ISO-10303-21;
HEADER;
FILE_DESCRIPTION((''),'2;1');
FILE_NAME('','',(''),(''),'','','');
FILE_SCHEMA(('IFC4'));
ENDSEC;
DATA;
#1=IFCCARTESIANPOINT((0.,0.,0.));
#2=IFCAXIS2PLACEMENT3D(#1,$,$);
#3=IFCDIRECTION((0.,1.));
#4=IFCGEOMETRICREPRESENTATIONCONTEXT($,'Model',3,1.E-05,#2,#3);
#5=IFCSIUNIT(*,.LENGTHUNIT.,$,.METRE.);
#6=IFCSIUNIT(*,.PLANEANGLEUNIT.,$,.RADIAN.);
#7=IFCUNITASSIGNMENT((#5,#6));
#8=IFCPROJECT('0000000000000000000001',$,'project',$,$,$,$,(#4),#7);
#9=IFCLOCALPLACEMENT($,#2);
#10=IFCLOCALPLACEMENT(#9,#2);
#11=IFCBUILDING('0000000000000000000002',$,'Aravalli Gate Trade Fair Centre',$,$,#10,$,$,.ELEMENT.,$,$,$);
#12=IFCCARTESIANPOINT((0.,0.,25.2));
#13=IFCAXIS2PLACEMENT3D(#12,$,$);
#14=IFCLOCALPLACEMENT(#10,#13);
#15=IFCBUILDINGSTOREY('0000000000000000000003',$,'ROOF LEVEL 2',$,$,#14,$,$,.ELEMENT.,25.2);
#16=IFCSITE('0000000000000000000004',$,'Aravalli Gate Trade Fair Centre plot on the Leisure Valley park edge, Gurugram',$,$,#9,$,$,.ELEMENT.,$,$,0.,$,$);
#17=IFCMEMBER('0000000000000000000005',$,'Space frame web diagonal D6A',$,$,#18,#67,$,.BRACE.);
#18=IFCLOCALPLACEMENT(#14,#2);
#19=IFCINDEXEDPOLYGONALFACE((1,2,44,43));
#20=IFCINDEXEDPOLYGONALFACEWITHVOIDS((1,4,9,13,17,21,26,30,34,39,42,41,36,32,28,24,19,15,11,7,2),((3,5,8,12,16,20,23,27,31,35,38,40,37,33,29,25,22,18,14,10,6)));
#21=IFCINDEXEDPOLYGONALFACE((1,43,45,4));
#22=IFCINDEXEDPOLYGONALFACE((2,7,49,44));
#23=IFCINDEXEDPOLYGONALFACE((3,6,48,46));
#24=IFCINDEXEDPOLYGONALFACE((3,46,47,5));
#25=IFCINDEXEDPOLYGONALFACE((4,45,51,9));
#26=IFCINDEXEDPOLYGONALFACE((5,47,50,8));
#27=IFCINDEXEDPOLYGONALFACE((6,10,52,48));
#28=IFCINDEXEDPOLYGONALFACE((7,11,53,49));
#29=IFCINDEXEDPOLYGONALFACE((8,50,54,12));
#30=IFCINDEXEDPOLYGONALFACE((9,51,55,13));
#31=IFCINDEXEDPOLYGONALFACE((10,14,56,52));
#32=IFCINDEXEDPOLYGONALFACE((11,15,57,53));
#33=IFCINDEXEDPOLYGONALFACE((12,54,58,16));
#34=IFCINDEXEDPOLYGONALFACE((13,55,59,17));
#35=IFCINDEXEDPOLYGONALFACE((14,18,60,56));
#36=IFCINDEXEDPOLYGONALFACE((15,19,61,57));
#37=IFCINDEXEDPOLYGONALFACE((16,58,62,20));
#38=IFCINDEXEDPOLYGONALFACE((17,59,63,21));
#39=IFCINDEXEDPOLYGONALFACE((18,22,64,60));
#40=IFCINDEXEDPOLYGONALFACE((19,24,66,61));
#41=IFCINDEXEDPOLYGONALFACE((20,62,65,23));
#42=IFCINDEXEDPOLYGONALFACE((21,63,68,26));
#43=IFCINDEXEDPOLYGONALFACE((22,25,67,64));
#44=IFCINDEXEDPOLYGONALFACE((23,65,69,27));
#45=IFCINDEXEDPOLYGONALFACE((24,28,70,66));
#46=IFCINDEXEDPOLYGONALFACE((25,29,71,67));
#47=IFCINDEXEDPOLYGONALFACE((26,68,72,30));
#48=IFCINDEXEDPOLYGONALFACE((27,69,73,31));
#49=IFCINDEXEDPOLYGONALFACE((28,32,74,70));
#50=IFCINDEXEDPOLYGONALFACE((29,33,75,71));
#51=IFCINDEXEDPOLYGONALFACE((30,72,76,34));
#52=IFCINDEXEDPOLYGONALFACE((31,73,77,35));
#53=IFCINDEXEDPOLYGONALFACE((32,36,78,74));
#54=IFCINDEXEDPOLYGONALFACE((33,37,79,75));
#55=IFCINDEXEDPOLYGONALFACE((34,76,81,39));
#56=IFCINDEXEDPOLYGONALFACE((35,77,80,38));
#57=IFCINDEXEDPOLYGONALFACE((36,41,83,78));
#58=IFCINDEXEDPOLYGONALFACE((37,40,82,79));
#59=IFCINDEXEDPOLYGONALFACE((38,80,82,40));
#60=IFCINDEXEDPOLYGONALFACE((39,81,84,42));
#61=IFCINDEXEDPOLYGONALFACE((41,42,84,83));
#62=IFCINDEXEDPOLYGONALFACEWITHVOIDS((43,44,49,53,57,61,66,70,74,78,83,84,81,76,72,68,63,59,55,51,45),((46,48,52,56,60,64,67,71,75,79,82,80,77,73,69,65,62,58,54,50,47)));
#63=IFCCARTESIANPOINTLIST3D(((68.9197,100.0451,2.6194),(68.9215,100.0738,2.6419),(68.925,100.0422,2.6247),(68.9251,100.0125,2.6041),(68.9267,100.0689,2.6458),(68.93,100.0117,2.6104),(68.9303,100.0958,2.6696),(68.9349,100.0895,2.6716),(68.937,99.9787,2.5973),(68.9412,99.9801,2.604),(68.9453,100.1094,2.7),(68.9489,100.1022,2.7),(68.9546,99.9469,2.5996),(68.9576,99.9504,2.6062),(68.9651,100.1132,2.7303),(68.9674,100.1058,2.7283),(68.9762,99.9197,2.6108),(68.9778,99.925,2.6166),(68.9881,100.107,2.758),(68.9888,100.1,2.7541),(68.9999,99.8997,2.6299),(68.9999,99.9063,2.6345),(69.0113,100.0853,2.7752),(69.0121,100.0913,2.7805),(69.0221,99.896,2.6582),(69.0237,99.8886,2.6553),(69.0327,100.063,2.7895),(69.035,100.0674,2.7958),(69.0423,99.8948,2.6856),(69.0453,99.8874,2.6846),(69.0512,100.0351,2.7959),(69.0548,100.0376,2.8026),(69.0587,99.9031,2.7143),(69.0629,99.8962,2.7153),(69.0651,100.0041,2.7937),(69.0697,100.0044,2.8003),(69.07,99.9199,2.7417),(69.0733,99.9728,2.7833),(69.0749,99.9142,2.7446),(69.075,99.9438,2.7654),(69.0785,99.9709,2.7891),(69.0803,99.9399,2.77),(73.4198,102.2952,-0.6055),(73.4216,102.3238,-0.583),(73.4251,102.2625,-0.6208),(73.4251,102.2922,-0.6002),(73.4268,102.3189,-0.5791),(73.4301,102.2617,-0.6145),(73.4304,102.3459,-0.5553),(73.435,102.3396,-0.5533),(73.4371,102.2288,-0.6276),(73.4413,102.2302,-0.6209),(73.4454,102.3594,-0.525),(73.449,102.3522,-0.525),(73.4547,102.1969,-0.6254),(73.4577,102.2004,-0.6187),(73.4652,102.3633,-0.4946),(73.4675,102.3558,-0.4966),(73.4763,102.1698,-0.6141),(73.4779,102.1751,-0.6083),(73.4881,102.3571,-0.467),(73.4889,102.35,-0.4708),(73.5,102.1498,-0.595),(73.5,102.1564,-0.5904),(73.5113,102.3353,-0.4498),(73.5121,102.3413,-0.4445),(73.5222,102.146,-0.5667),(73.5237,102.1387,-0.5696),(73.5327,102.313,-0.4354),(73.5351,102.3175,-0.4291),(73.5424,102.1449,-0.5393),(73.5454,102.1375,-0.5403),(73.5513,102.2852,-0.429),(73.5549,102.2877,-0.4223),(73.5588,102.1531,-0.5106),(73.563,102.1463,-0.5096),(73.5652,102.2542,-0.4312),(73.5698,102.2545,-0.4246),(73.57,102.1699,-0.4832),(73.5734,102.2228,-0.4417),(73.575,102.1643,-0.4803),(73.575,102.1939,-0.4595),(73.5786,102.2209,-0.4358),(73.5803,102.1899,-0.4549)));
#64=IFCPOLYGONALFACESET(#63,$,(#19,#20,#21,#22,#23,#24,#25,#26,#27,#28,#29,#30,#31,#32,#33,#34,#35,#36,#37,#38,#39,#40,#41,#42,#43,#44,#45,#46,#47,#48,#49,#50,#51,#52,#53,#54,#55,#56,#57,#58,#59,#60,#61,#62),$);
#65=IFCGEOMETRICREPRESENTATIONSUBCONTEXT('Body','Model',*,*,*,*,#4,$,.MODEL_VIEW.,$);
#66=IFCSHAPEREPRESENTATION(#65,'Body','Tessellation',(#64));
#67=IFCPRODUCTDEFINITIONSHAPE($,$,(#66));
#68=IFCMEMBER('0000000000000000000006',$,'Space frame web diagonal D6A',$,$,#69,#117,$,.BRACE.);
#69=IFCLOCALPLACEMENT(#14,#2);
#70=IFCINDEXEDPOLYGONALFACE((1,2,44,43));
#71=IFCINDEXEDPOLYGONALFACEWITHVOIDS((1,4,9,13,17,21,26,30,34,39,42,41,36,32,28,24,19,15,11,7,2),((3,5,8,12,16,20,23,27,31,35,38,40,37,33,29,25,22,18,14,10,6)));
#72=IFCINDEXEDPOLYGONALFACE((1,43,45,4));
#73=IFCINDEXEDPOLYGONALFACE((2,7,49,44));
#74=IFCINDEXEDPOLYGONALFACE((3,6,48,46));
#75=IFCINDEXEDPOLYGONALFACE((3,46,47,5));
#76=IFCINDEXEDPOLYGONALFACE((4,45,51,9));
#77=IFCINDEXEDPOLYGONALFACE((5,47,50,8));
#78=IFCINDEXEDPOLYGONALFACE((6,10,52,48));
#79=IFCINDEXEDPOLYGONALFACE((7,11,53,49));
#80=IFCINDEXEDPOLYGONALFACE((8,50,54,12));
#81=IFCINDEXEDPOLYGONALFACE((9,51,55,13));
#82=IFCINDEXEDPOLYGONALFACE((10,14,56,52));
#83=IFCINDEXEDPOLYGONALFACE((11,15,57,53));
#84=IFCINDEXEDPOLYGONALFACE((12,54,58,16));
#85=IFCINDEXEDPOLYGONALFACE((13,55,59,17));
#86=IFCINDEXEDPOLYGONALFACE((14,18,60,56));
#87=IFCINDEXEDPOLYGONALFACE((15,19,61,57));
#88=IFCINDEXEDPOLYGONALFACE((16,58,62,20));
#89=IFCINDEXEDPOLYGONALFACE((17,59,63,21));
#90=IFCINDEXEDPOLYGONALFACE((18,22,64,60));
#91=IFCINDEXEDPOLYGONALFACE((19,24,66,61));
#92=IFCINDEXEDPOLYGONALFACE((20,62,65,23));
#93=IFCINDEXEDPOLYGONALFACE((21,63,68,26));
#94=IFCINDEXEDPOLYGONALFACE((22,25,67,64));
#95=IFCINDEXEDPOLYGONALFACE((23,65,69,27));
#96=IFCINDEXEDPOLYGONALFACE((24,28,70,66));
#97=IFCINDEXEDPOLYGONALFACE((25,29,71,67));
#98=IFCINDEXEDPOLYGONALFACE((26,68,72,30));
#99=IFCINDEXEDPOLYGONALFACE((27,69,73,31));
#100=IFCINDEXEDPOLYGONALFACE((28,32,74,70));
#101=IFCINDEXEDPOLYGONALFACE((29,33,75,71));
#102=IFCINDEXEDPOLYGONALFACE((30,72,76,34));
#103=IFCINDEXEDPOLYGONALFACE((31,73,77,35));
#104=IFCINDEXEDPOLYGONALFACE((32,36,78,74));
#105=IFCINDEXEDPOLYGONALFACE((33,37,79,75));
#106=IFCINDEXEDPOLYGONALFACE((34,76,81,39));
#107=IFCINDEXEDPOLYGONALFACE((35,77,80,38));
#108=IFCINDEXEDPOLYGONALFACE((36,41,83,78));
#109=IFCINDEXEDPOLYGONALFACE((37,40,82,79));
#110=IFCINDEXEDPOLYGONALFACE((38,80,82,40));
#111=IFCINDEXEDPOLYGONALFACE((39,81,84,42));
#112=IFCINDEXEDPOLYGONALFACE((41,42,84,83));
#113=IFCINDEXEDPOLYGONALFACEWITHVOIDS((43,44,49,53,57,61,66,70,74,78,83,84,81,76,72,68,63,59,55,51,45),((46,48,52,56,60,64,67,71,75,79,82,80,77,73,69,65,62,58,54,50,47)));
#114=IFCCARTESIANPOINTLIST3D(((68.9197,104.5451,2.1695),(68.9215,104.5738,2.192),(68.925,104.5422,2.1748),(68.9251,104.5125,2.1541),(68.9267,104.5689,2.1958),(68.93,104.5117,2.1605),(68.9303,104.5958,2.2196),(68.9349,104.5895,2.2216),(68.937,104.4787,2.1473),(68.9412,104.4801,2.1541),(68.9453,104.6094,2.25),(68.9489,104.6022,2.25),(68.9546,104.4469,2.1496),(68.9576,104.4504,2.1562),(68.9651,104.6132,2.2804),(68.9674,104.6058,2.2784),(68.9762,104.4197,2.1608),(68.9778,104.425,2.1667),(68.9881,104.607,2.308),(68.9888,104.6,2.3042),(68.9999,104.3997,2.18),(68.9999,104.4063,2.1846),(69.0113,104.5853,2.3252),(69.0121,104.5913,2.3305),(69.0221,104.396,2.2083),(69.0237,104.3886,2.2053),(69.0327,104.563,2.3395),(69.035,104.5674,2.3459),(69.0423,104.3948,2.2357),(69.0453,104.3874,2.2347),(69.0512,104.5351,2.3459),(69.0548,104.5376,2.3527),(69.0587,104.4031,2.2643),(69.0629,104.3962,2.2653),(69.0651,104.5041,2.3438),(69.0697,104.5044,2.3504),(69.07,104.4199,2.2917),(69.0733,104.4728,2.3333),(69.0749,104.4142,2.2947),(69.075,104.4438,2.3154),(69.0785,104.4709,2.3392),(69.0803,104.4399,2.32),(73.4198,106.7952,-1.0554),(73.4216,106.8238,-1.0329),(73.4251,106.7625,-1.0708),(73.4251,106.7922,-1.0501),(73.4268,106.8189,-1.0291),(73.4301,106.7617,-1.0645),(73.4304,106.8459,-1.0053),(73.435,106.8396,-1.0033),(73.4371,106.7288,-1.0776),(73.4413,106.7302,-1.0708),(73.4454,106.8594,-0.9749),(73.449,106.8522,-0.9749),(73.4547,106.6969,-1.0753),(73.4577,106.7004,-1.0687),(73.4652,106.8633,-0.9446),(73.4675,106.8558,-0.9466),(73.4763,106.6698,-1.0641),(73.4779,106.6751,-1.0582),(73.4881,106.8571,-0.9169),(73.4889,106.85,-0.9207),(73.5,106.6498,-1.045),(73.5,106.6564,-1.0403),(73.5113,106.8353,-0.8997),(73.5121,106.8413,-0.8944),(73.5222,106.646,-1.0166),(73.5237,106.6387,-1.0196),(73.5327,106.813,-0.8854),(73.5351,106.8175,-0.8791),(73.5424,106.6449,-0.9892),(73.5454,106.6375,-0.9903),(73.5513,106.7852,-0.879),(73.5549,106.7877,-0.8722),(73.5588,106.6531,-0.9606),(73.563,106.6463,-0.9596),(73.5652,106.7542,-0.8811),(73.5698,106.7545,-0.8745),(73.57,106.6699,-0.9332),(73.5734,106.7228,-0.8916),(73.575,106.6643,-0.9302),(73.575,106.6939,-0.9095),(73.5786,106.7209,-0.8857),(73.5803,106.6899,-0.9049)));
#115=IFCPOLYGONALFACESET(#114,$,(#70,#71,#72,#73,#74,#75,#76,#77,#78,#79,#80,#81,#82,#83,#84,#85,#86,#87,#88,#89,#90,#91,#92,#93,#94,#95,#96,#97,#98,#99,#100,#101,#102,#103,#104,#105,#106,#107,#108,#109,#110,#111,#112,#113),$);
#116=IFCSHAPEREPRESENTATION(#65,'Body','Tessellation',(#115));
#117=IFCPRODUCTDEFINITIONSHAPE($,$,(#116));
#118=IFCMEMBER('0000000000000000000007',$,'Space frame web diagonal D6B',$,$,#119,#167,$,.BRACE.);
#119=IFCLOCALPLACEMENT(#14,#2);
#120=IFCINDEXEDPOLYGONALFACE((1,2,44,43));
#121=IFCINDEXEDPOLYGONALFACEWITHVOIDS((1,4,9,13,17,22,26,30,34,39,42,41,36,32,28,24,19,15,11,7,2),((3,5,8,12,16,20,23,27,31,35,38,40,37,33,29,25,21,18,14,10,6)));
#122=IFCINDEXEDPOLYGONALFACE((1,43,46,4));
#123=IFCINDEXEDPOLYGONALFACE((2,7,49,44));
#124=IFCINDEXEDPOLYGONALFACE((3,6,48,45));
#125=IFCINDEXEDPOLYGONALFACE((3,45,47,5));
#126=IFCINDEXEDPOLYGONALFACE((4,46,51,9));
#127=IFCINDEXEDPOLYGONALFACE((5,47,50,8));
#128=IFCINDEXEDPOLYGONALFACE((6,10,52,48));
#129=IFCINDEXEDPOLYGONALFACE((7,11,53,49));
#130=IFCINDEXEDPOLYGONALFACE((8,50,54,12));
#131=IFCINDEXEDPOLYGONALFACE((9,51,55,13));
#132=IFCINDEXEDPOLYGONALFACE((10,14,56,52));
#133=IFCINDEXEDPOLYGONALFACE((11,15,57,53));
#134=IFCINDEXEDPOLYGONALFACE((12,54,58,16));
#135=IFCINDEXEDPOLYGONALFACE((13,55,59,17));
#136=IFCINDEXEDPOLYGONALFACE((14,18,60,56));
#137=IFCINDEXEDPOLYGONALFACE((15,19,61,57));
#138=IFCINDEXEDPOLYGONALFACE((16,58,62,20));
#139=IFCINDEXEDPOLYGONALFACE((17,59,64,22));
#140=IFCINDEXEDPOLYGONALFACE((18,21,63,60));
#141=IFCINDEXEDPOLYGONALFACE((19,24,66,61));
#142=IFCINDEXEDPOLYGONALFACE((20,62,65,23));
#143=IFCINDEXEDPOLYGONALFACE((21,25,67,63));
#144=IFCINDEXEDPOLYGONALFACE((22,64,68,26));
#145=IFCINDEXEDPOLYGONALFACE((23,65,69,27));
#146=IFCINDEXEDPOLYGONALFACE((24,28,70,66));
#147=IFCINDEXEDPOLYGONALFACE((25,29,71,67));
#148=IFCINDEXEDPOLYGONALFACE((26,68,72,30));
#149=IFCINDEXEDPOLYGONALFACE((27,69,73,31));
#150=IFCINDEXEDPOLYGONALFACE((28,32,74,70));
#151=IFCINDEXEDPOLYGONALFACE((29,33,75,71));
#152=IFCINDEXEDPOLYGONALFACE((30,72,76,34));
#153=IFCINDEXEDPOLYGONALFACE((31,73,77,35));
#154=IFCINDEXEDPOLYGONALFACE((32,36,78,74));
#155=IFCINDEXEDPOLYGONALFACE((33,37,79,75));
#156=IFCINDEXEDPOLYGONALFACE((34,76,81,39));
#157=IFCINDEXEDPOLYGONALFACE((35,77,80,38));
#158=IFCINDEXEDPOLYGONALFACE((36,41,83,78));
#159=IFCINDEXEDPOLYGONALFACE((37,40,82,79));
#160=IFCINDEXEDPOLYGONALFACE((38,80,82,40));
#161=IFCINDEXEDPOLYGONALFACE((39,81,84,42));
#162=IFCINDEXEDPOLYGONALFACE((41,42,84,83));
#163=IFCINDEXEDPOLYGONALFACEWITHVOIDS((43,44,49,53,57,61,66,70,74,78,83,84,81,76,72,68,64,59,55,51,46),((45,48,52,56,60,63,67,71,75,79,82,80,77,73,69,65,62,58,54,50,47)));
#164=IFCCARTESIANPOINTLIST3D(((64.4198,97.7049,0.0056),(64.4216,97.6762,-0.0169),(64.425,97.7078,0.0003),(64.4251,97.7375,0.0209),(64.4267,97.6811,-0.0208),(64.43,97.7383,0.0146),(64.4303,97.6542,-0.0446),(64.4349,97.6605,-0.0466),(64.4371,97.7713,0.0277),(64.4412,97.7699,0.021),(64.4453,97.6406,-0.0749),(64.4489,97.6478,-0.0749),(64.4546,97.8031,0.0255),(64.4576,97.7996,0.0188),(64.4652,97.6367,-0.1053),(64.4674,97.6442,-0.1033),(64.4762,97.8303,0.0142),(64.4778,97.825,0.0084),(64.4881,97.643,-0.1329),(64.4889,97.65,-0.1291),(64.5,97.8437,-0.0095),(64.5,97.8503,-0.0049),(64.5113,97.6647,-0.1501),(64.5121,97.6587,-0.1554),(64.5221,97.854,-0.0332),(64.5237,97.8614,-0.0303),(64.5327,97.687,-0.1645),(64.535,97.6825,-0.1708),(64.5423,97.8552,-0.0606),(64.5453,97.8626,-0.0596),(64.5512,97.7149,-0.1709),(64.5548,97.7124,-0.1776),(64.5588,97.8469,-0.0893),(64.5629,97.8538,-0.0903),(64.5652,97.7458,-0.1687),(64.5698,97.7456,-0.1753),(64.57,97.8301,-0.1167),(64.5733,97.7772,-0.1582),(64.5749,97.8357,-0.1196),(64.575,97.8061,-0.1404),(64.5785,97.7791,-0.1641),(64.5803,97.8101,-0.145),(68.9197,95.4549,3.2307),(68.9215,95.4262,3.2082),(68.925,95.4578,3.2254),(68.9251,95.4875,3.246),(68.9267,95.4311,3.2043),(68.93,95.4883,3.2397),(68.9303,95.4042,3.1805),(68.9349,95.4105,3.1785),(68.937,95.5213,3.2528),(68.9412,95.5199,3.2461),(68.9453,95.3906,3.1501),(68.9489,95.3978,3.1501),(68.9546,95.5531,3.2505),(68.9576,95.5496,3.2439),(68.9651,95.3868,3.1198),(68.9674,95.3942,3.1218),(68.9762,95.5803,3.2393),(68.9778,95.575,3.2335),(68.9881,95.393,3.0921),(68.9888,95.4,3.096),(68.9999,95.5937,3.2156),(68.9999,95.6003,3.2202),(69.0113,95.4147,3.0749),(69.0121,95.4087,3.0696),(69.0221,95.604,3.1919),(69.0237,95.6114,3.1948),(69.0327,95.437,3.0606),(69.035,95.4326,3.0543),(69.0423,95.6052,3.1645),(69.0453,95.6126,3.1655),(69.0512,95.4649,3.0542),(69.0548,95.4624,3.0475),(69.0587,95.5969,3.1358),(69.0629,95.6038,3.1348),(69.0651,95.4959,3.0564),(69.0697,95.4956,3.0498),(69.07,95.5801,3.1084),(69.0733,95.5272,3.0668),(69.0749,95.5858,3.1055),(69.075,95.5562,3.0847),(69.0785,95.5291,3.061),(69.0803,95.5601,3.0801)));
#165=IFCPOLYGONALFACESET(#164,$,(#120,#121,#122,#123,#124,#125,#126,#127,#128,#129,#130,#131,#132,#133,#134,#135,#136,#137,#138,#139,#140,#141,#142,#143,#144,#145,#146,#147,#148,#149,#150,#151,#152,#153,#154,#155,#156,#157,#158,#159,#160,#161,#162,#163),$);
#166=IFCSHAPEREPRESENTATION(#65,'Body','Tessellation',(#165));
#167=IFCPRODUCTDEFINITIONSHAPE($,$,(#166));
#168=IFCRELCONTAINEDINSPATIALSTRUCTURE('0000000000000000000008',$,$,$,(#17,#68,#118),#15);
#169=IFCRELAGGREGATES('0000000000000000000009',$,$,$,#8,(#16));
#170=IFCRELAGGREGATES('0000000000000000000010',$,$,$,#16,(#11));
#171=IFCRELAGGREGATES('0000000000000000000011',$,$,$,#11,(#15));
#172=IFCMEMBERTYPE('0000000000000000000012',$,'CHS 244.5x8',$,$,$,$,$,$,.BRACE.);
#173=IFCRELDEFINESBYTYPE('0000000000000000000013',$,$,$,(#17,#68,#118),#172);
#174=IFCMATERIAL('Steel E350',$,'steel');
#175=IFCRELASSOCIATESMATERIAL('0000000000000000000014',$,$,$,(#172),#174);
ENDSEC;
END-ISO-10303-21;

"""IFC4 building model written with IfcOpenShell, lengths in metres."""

from ifc_helpers import new_model, si_unit, direction, frame, origin, origin_2d, place, context, subcontext, project, spatial, hollow_circle, extrude, material, material_profile, profile_set, type_object, element, save


model = new_model("IFC4")

# Units and contexts
model_context = context("Model", 3, precision=1e-05, world=origin(), true_north=direction((0.0, 1.0)))
body_context = subcontext(model_context, "Body", "Model", "MODEL_VIEW")
ifc_project = project(units=[si_unit("LENGTHUNIT", "METRE"), si_unit("PLANEANGLEUNIT", "RADIAN")], contexts=[model_context])

# Site, building, storey
site_placement = place(None, origin())
site = spatial("IfcSite", under=ifc_project, at=site_placement, Name="Aravalli Gate Trade Fair Centre plot on the Leisure Valley park edge, Gurugram", CompositionType="ELEMENT", RefElevation=0.0)
building_placement = place(site_placement, origin())
building = spatial("IfcBuilding", under=site, at=building_placement, Name="Aravalli Gate Trade Fair Centre", CompositionType="ELEMENT")
storey_placement = place(building_placement, frame((0.0, 0.0, 25.2)))
storey = spatial("IfcBuildingStorey", under=building, at=storey_placement, Name="ROOF LEVEL 2", CompositionType="ELEMENT", Elevation=25.2)

# Members
ifc_material_1 = material(Name="Steel E350", Category="steel")
ifc_material_profile_1 = material_profile(ifc_material_1, hollow_circle(Radius=0.1223, WallThickness=0.0081, at=origin_2d()), Name="CHS 244.5x8")
ifc_profile_set_1 = profile_set([ifc_material_profile_1], Name="Steel E350")
member_type_1 = type_object("IfcMemberType", Name="CHS 244.5x8", PredefinedType="BRACE", material=ifc_profile_set_1)
for number, where, z_axis, x_axis, name in (
    (1, (69.0, 100.0, 2.7), (0.753016, 0.376508, -0.539637), (-0.447214, 0.894427, 0.0), "Space frame web diagonal D6A"),
    (2, (69.0, 104.5, 2.25), (0.753016, 0.376508, -0.539637), (-0.447214, 0.894427, 0.0), "Space frame web diagonal D6A"),
    (3, (69.0, 95.5, 3.1501), (-0.753, 0.3765, -0.539666), (-0.447214, -0.894427, 0.0), "Space frame web diagonal D6B"),
):
    element("IfcMember", number, at=place(storey_placement, frame(where, z_axis=z_axis, x_axis=x_axis)), inside=storey, type_object=member_type_1, Name=name, PredefinedType="BRACE", context=body_context, shape_type="SweptSolid", body=[
        extrude(hollow_circle(Radius=0.1223, WallThickness=0.0081, at=origin_2d()), origin(), (0.0, 0.0, 1.0), 5.9761),
    ])

save(model, "model.ifc")
